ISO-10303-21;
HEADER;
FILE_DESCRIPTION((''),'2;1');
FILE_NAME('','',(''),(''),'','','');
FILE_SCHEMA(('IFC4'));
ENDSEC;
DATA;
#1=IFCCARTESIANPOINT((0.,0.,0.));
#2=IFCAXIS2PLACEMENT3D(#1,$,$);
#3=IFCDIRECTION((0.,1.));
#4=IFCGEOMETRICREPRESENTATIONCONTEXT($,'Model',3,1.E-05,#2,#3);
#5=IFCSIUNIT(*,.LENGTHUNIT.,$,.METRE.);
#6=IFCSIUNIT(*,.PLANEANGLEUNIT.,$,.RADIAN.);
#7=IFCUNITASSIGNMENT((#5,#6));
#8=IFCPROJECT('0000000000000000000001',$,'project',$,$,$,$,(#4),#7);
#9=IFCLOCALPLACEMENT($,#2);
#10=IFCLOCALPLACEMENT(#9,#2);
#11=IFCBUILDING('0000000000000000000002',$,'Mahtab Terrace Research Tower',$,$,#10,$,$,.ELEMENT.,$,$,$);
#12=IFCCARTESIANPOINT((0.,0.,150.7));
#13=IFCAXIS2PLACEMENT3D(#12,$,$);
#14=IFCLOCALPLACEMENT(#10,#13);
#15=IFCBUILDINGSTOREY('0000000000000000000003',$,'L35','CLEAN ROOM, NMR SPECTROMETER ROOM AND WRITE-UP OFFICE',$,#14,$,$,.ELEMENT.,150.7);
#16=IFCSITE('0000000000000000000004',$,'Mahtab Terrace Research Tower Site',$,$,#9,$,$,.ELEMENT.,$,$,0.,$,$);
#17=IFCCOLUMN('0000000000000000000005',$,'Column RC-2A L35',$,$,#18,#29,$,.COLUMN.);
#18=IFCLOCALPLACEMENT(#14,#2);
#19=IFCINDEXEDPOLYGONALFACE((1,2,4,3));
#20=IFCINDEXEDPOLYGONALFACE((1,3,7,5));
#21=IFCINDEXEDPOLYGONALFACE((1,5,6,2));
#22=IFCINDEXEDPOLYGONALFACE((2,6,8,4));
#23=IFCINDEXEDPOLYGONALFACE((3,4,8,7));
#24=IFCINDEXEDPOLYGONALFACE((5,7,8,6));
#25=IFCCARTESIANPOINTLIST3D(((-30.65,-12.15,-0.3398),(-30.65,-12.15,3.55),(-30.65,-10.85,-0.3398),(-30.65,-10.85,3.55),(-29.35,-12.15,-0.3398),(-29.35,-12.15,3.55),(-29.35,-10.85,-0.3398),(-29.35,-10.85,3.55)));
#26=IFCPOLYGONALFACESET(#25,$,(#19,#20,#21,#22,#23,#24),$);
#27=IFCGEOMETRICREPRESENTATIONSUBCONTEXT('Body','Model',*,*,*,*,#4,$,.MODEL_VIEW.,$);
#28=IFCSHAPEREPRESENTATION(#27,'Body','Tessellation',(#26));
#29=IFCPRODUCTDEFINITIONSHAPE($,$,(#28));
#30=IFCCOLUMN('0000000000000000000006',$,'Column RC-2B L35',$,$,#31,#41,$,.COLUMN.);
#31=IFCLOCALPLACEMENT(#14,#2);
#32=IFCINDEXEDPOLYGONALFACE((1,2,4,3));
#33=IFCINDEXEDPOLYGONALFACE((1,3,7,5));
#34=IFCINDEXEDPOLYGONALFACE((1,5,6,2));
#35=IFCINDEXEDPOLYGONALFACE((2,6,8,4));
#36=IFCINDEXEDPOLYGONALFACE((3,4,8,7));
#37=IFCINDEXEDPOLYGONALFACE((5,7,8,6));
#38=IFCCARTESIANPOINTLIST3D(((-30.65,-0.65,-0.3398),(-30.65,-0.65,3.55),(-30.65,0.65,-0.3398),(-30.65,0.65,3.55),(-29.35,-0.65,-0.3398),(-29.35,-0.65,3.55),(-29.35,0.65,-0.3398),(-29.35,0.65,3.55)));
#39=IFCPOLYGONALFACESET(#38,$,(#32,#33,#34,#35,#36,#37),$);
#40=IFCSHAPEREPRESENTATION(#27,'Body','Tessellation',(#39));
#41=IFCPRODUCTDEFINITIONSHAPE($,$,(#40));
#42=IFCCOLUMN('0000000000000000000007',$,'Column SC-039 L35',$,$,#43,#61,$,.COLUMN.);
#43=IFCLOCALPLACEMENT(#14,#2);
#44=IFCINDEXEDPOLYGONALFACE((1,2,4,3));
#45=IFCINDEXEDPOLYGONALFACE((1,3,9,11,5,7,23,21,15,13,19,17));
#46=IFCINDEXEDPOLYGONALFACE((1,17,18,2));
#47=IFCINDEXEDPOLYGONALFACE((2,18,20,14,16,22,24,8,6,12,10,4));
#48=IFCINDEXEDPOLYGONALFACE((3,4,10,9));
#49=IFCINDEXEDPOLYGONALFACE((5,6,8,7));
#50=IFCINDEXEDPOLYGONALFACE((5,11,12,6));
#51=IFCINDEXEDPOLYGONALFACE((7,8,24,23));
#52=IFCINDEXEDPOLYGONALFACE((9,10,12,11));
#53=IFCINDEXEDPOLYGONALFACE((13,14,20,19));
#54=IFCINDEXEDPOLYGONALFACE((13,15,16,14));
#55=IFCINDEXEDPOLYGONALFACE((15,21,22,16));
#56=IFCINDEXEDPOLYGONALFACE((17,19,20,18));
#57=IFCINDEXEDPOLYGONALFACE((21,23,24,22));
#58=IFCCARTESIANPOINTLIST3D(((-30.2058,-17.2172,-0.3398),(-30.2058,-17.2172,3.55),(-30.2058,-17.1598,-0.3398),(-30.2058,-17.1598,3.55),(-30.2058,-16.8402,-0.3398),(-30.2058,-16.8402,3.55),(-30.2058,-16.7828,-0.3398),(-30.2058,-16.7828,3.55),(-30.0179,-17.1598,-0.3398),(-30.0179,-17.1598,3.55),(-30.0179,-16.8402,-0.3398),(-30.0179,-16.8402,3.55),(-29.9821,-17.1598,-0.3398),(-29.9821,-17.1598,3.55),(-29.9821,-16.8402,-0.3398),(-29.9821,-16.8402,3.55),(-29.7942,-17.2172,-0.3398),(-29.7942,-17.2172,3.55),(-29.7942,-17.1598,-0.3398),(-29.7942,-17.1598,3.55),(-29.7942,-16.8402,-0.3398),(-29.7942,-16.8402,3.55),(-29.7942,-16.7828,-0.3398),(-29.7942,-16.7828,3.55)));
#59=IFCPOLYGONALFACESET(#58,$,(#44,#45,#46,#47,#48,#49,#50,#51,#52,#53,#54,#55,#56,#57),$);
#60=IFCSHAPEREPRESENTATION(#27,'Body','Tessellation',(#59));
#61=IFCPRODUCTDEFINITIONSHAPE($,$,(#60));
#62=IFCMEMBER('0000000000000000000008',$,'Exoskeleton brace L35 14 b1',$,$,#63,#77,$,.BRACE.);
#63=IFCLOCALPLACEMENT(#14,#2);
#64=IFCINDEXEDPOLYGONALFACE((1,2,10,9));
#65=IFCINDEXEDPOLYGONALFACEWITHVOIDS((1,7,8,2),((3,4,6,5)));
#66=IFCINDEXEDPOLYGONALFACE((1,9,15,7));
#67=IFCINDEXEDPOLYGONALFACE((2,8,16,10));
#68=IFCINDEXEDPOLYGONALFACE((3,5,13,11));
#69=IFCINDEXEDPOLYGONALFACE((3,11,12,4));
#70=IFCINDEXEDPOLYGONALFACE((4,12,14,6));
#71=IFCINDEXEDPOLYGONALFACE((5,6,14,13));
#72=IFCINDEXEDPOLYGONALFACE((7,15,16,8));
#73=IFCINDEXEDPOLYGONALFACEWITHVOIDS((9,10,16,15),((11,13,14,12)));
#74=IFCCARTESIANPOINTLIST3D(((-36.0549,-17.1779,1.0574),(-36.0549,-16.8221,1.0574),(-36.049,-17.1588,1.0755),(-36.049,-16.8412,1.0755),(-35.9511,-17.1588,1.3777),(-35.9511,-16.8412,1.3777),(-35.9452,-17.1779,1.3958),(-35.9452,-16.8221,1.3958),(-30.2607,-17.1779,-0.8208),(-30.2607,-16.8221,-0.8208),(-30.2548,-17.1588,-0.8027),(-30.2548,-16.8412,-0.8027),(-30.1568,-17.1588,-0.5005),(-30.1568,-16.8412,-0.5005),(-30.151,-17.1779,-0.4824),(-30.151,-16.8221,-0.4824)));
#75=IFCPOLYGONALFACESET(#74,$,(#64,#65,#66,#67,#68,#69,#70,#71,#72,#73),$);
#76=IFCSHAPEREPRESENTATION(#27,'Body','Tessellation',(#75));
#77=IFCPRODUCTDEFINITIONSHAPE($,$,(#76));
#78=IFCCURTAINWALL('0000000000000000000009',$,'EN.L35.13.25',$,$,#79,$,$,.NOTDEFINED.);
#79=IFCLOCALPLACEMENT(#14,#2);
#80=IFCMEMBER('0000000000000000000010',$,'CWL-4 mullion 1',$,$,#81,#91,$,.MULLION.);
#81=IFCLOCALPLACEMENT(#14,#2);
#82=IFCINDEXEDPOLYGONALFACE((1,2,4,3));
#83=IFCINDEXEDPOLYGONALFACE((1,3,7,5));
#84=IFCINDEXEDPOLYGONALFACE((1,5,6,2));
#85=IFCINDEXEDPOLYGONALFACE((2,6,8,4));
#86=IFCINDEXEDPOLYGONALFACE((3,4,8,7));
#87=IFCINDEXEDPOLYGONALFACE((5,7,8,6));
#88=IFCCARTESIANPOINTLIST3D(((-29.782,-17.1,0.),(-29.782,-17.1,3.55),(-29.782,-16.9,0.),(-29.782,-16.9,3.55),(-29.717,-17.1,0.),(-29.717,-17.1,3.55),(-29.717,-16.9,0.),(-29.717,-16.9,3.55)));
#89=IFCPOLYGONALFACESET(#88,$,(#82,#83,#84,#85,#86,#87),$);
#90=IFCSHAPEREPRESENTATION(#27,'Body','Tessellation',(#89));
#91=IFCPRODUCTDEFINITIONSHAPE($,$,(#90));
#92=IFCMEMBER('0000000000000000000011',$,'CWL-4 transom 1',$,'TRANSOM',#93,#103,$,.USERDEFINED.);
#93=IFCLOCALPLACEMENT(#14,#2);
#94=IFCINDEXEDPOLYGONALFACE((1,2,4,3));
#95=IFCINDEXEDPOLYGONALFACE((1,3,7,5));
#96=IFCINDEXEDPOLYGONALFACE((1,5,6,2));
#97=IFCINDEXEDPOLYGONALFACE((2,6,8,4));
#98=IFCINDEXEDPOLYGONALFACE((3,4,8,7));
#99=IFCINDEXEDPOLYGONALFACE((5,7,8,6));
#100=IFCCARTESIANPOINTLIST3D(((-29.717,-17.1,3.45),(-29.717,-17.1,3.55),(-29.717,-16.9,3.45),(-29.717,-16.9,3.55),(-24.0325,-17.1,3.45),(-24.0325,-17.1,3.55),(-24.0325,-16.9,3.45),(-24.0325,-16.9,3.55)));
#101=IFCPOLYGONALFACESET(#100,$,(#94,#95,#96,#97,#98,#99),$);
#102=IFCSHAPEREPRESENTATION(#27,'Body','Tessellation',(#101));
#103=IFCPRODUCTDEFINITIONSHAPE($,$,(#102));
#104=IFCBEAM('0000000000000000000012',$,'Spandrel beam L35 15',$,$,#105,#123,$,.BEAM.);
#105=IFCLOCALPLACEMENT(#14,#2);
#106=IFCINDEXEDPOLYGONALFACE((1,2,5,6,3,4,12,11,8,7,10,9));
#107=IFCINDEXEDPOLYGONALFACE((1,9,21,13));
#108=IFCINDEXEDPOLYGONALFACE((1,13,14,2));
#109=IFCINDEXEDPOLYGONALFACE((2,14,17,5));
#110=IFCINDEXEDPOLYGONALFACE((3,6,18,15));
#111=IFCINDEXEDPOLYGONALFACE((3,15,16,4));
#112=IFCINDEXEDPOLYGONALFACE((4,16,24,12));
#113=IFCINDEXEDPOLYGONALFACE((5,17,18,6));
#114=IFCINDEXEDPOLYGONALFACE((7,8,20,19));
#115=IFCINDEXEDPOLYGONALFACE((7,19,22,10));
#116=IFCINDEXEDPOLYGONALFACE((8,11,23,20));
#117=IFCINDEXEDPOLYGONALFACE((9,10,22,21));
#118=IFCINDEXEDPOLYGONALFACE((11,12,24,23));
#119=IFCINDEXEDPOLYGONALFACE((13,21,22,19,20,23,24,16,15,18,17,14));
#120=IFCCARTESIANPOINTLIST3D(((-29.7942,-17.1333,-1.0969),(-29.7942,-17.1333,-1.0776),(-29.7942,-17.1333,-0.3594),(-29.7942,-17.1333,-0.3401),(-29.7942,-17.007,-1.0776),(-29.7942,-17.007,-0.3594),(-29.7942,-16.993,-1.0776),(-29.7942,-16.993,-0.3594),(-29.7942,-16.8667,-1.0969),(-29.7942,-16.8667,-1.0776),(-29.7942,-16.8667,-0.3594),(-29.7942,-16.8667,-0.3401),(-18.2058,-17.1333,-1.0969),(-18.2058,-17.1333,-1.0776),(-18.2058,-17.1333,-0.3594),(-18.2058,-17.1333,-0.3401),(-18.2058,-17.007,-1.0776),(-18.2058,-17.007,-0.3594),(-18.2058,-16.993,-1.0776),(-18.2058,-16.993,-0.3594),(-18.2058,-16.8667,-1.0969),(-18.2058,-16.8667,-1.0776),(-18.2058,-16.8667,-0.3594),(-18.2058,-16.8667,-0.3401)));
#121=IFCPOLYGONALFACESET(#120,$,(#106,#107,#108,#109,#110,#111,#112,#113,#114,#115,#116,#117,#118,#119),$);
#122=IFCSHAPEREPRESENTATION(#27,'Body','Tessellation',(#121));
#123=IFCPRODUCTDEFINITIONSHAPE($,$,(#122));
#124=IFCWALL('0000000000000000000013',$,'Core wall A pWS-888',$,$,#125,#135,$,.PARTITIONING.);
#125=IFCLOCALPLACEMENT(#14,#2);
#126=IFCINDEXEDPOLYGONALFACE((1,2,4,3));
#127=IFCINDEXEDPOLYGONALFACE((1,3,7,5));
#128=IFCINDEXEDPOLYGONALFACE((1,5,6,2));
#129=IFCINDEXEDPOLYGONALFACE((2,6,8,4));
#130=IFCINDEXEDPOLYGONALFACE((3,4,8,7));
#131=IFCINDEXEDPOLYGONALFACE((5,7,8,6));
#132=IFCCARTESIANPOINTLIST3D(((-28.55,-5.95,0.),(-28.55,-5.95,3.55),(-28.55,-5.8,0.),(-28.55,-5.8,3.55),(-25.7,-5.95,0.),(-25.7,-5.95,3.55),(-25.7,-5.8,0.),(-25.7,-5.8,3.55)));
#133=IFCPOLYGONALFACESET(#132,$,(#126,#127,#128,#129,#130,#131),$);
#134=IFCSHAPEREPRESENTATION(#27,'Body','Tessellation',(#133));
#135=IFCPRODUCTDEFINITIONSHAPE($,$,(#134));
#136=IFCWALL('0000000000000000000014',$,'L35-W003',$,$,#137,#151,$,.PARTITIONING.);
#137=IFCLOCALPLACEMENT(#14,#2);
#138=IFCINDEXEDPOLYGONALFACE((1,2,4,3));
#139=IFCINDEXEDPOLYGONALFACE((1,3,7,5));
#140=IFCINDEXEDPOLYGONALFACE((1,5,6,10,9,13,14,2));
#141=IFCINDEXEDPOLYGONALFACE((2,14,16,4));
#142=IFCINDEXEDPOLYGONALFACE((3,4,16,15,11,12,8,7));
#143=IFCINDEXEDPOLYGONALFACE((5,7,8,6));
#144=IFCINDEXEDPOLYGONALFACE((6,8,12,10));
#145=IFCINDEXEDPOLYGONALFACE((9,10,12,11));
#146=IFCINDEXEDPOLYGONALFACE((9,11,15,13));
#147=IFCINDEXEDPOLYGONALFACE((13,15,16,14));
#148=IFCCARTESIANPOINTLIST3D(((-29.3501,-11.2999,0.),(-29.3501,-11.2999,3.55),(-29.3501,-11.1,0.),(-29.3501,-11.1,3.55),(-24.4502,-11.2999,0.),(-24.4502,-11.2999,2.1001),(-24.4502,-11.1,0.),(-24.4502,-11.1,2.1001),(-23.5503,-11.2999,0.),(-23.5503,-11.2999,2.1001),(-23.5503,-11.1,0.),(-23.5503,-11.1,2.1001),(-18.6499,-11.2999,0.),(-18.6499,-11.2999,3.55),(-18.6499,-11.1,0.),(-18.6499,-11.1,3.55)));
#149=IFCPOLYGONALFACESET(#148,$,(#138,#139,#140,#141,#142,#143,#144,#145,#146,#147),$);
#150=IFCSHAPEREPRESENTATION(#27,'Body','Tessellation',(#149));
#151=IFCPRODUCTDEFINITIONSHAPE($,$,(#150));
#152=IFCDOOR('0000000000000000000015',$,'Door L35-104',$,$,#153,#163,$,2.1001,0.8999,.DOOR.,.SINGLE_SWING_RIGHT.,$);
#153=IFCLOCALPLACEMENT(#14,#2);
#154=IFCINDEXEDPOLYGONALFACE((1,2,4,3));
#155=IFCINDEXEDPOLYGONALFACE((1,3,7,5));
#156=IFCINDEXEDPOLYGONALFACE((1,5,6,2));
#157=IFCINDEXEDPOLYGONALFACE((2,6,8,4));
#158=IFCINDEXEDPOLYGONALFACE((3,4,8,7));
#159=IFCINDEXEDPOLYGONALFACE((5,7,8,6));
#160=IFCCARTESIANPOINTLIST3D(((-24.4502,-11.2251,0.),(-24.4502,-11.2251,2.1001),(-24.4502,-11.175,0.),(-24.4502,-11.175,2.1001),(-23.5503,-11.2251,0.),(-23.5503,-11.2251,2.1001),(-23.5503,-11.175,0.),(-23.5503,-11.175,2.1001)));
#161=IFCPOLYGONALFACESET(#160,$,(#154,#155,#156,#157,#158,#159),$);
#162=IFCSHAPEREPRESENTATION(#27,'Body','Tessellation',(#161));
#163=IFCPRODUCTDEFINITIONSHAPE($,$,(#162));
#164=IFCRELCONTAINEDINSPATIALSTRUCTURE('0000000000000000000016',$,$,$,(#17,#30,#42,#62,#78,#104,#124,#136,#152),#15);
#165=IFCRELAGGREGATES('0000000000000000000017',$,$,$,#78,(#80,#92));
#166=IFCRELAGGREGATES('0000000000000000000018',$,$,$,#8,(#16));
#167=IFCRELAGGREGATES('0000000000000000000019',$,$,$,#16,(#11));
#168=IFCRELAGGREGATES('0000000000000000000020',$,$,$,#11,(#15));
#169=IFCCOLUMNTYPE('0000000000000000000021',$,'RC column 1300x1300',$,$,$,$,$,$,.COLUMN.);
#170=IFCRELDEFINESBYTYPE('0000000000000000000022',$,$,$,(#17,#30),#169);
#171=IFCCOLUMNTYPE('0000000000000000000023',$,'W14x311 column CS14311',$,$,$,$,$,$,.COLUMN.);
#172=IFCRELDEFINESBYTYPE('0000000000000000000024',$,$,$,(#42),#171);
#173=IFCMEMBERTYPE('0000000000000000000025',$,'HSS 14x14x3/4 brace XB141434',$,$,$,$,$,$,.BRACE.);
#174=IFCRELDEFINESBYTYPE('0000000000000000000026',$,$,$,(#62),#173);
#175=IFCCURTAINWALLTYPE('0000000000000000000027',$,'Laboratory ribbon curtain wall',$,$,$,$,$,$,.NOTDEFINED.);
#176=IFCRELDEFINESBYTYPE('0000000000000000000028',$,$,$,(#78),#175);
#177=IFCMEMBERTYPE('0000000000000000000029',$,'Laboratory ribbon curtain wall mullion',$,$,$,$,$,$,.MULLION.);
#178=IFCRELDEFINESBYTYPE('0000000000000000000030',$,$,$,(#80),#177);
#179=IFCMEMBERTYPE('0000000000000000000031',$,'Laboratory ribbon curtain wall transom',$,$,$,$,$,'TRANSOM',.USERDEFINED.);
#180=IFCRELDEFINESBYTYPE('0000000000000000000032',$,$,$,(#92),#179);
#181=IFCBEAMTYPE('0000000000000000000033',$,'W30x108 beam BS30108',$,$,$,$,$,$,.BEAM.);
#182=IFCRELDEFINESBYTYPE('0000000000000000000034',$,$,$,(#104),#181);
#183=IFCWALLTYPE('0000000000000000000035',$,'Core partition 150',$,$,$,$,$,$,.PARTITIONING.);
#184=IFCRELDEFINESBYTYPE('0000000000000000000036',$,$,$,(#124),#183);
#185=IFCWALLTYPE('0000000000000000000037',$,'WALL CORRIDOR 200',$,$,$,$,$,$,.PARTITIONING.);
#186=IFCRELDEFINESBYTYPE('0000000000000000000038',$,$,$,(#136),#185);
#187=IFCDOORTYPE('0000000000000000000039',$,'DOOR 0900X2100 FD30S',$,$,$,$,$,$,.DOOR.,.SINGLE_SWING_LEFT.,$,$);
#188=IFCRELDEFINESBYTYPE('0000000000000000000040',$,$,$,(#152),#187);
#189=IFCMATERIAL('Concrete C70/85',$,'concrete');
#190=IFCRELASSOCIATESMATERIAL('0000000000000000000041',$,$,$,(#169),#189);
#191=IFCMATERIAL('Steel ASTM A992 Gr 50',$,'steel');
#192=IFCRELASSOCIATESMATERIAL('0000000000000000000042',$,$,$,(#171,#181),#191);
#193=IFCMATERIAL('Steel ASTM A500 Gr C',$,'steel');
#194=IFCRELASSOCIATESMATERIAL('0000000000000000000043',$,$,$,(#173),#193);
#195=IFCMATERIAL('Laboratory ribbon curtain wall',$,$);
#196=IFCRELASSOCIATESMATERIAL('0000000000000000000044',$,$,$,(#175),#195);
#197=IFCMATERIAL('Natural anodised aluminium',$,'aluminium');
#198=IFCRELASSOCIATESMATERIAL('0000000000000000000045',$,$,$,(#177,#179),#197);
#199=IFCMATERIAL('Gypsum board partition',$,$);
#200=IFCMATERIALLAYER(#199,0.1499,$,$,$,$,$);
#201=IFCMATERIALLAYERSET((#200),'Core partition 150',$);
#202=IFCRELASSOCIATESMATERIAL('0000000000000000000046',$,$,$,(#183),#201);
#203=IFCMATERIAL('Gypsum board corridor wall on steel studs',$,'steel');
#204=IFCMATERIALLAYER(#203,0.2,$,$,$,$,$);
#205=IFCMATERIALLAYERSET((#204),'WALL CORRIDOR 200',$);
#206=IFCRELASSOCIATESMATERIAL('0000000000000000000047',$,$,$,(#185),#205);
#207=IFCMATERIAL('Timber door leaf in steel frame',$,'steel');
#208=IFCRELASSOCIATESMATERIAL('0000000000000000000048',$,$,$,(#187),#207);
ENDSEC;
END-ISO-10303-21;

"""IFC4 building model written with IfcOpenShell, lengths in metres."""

from ifc_helpers import new_model, si_unit, direction, frame, frame_2d, origin, origin_2d, place, context, subcontext, project, spatial, rectangle, hollow_rectangle, i_section, extrude, material, layer, layer_set, material_profile, profile_set, type_object, element, fill, aggregate, save


model = new_model("IFC4")

# Units and contexts
model_context = context("Model", 3, precision=1e-05, world=origin(), true_north=direction((0.0, 1.0)))
body_context = subcontext(model_context, "Body", "Model", "MODEL_VIEW")
ifc_project = project(units=[si_unit("LENGTHUNIT", "METRE"), si_unit("PLANEANGLEUNIT", "RADIAN")], contexts=[model_context])

# Site, building, storey
site_placement = place(None, origin())
site = spatial("IfcSite", under=ifc_project, at=site_placement, Name="Mahtab Terrace Research Tower Site", CompositionType="ELEMENT", RefElevation=0.0)
building_placement = place(site_placement, origin())
building = spatial("IfcBuilding", under=site, at=building_placement, Name="Mahtab Terrace Research Tower", CompositionType="ELEMENT")
storey_placement = place(building_placement, frame((0.0, 0.0, 150.7)))
storey = spatial("IfcBuildingStorey", under=building, at=storey_placement, Name="L35", Description="CLEAN ROOM, NMR SPECTROMETER ROOM AND WRITE-UP OFFICE", CompositionType="ELEMENT", Elevation=150.7)

# Columns
ifc_material_1 = material(Name="Concrete C70/85", Category="concrete")
ifc_material_profile_1 = material_profile(ifc_material_1, rectangle(XDim=1.3, YDim=1.3, at=origin_2d()), Name="RC column 1300x1300")
ifc_profile_set_1 = profile_set([ifc_material_profile_1], Name="Concrete C70/85")
column_type_1 = type_object("IfcColumnType", Name="RC column 1300x1300", PredefinedType="COLUMN", material=ifc_profile_set_1)
for number, where, z_axis, x_axis, name in (
    (1, (-30.0, -11.5, -0.3398), (0.0, 0.0, 1.0), (1.0, 0.0, 0.0), "Column RC-2A L35"),
    (2, (-30.0, 0.0, -0.3398), (0.0, 0.0, 1.0), (1.0, 0.0, 0.0), "Column RC-2B L35"),
):
    element("IfcColumn", number, at=place(storey_placement, frame(where, z_axis=z_axis, x_axis=x_axis)), inside=storey, type_object=column_type_1, Name=name, PredefinedType="COLUMN", context=body_context, shape_type="SweptSolid", body=[
        extrude(rectangle(XDim=1.3, YDim=1.3, at=origin_2d()), origin(), (0.0, 0.0, 1.0), 3.8899),
    ])
ifc_material_2 = material(Name="Steel ASTM A992 Gr 50", Category="steel")
ifc_material_profile_2 = material_profile(ifc_material_2, i_section(OverallWidth=0.4116, OverallDepth=0.4343, WebThickness=0.0359, FlangeThickness=0.0574, at=origin_2d()), Name="W14X311")
ifc_profile_set_2 = profile_set([ifc_material_profile_2], Name="Steel ASTM A992 Gr 50")
column_type_2 = type_object("IfcColumnType", Name="W14x311 column CS14311", PredefinedType="COLUMN", material=ifc_profile_set_2)
column_placement = place(storey_placement, frame((-30.0, -17.0, -0.3398), z_axis=(0.0, 0.0, 1.0), x_axis=(1.0, 0.0, 0.0)))
element("IfcColumn", 3, at=column_placement, inside=storey, type_object=column_type_2, Name="Column SC-039 L35", PredefinedType="COLUMN", context=body_context, shape_type="SweptSolid", body=[
    extrude(i_section(OverallWidth=0.4116, OverallDepth=0.4343, WebThickness=0.0359, FlangeThickness=0.0574, at=origin_2d()), origin(), (0.0, 0.0, 1.0), 3.8899),
])

# Member
ifc_material_3 = material(Name="Steel ASTM A500 Gr C", Category="steel")
ifc_material_profile_3 = material_profile(ifc_material_3, hollow_rectangle(XDim=0.3557, YDim=0.3557, WallThickness=0.019, at=origin_2d()), Name="HSS14X14X3/4")
ifc_profile_set_3 = profile_set([ifc_material_profile_3], Name="Steel ASTM A500 Gr C")
member_type_1 = type_object("IfcMemberType", Name="HSS 14x14x3/4 brace XB141434", PredefinedType="BRACE", material=ifc_profile_set_3)
member_1_placement = place(storey_placement, frame((-30.2058, -17.0, -0.6516), z_axis=(-0.951272, 0.0, 0.308353), x_axis=(0.0, -1.0, 0.0)))
element("IfcMember", 4, at=member_1_placement, inside=storey, type_object=member_type_1, Name="Exoskeleton brace L35 14 b1", PredefinedType="BRACE", context=body_context, shape_type="SweptSolid", body=[
    extrude(hollow_rectangle(XDim=0.3557, YDim=0.3557, WallThickness=0.019, at=origin_2d()), origin(), (0.0, 0.0, 1.0), 6.0911),
])

# Curtain wall, members
ifc_material_4 = material(Name="Laboratory ribbon curtain wall")
curtain_wall_type = type_object("IfcCurtainWallType", Name="Laboratory ribbon curtain wall", PredefinedType="NOTDEFINED", material=ifc_material_4)
curtain_wall_placement = place(storey_placement, origin())
curtain_wall = element("IfcCurtainWall", 5, at=curtain_wall_placement, inside=storey, type_object=curtain_wall_type, Name="EN.L35.13.25", PredefinedType="NOTDEFINED")
ifc_material_5 = material(Name="Natural anodised aluminium", Category="aluminium")
ifc_material_profile_4 = material_profile(ifc_material_5, rectangle(XDim=0.2, YDim=0.0649, at=origin_2d()), Name="MULLION 65x200")
ifc_profile_set_4 = profile_set([ifc_material_profile_4], Name="Natural anodised aluminium")
member_type_2 = type_object("IfcMemberType", Name="Laboratory ribbon curtain wall mullion", PredefinedType="MULLION", material=ifc_profile_set_4)
member_2_placement = place(storey_placement, frame((-29.7495, -17.0, 0.0), z_axis=(0.0, 0.0, 1.0), x_axis=(0.0, 1.0, 0.0)))
member_2 = element("IfcMember", 6, at=member_2_placement, type_object=member_type_2, Name="CWL-4 mullion 1", PredefinedType="MULLION", context=body_context, shape_type="SweptSolid", body=[
    extrude(rectangle(XDim=0.2, YDim=0.0649, at=origin_2d()), origin(), (0.0, 0.0, 1.0), 3.55),
])
ifc_material_profile_5 = material_profile(ifc_material_5, rectangle(XDim=0.2, YDim=0.1001, at=origin_2d()), Name="TRANSOM 100x200")
ifc_profile_set_5 = profile_set([ifc_material_profile_5], Name="Natural anodised aluminium")
member_type_3 = type_object("IfcMemberType", Name="Laboratory ribbon curtain wall transom", ElementType="TRANSOM", PredefinedType="USERDEFINED", material=ifc_profile_set_5)
member_3_placement = place(storey_placement, frame((-29.717, -17.0, 3.5), z_axis=(1.0, 0.0, 0.0), x_axis=(0.0, 1.0, 0.0)))
member_3 = element("IfcMember", 7, at=member_3_placement, type_object=member_type_3, Name="CWL-4 transom 1", ObjectType="TRANSOM", PredefinedType="USERDEFINED", context=body_context, shape_type="SweptSolid", body=[
    extrude(rectangle(XDim=0.2, YDim=0.1001, at=origin_2d()), origin(), (0.0, 0.0, 1.0), 5.6846),
])
aggregate(curtain_wall, [member_2, member_3])

# Beam
ifc_material_profile_6 = material_profile(ifc_material_2, i_section(OverallWidth=0.2666, OverallDepth=0.7568, WebThickness=0.0139, FlangeThickness=0.0193, at=origin_2d()), Name="W30X108")
ifc_profile_set_6 = profile_set([ifc_material_profile_6], Name="Steel ASTM A992 Gr 50")
beam_type = type_object("IfcBeamType", Name="W30x108 beam BS30108", PredefinedType="BEAM", material=ifc_profile_set_6)
beam_placement = place(storey_placement, frame((-29.7942, -17.0, -0.7185), z_axis=(1.0, 0.0, 0.0), x_axis=(0.0, 1.0, 0.0)))
element("IfcBeam", 8, at=beam_placement, inside=storey, type_object=beam_type, Name="Spandrel beam L35 15", PredefinedType="BEAM", context=body_context, shape_type="SweptSolid", body=[
    extrude(i_section(OverallWidth=0.2666, OverallDepth=0.7568, WebThickness=0.0139, FlangeThickness=0.0193, at=origin_2d()), origin(), (0.0, 0.0, 1.0), 11.5884),
])

# Wall
ifc_material_6 = material(Name="Gypsum board partition")
ifc_layer_1 = layer(ifc_material_6, 0.1499)
ifc_layer_set_1 = layer_set([ifc_layer_1], Name="Core partition 150")
wall_type_1 = type_object("IfcWallType", Name="Core partition 150", PredefinedType="PARTITIONING", material=ifc_layer_set_1)
wall_1_placement = place(storey_placement, frame((-28.55, -5.875, 0.0), z_axis=(0.0, 0.0, 1.0), x_axis=(1.0, 0.0, 0.0)))
element("IfcWall", 9, at=wall_1_placement, inside=storey, type_object=wall_type_1, Name="Core wall A pWS-888", PredefinedType="PARTITIONING", context=body_context, shape_type="SweptSolid", body=[
    extrude(rectangle(XDim=2.8501, YDim=0.1499, at=frame_2d((1.425, 0.0))), origin(), (0.0, 0.0, 1.0), 3.55),
])

# Wall, opening, door
ifc_material_7 = material(Name="Gypsum board corridor wall on steel studs", Category="steel")
ifc_layer_2 = layer(ifc_material_7, 0.2)
ifc_layer_set_2 = layer_set([ifc_layer_2], Name="WALL CORRIDOR 200")
wall_type_2 = type_object("IfcWallType", Name="WALL CORRIDOR 200", PredefinedType="PARTITIONING", material=ifc_layer_set_2)
wall_2_placement = place(storey_placement, frame((-29.3501, -11.2, 0.0), z_axis=(0.0, 0.0, 1.0), x_axis=(1.0, 0.0, 0.0)))
wall_2 = element("IfcWall", 10, at=wall_2_placement, inside=storey, type_object=wall_type_2, Name="L35-W003", PredefinedType="PARTITIONING", context=body_context, shape_type="SweptSolid", body=[
    extrude(rectangle(XDim=10.7002, YDim=0.2, at=frame_2d((5.3501, 0.0))), origin(), (0.0, 0.0, 1.0), 3.55),
])
opening_1_placement = place(wall_2_placement, frame((4.8999, 0.0, 0.0)))
opening_1 = element("IfcOpeningElement", 11, at=opening_1_placement, cuts=wall_2, PredefinedType="OPENING", context=body_context, shape_type="SweptSolid", body=[
    extrude(rectangle(XDim=0.8999, YDim=2.1001, at=frame_2d((0.45, 1.05))), frame((0.0, 0.1099, 0.0), z_axis=(0.0, -1.0, 0.0), x_axis=(1.0, 0.0, 0.0)), (0.0, 0.0, 1.0), 0.22),
])
ifc_material_8 = material(Name="Timber door leaf in steel frame", Category="steel")
door_type_1 = type_object("IfcDoorType", Name="DOOR 0900X2100 FD30S", OperationType="SINGLE_SWING_LEFT", PredefinedType="DOOR", material=ifc_material_8)
door_1_placement = place(opening_1_placement, origin())
door_1 = element("IfcDoor", 12, at=door_1_placement, inside=storey, type_object=door_type_1, Name="Door L35-104", OperationType="SINGLE_SWING_RIGHT", OverallHeight=2.1001, OverallWidth=0.8999, PredefinedType="DOOR", context=body_context, shape_type="SweptSolid", body=[
    extrude(rectangle(XDim=0.8999, YDim=2.1001, at=frame_2d((0.45, 1.05))), frame((0.0, 0.0249, 0.0), z_axis=(0.0, -1.0, 0.0), x_axis=(1.0, 0.0, 0.0)), (0.0, 0.0, 1.0), 0.05),
])
fill(opening_1, door_1)

save(model, "model.ifc")
